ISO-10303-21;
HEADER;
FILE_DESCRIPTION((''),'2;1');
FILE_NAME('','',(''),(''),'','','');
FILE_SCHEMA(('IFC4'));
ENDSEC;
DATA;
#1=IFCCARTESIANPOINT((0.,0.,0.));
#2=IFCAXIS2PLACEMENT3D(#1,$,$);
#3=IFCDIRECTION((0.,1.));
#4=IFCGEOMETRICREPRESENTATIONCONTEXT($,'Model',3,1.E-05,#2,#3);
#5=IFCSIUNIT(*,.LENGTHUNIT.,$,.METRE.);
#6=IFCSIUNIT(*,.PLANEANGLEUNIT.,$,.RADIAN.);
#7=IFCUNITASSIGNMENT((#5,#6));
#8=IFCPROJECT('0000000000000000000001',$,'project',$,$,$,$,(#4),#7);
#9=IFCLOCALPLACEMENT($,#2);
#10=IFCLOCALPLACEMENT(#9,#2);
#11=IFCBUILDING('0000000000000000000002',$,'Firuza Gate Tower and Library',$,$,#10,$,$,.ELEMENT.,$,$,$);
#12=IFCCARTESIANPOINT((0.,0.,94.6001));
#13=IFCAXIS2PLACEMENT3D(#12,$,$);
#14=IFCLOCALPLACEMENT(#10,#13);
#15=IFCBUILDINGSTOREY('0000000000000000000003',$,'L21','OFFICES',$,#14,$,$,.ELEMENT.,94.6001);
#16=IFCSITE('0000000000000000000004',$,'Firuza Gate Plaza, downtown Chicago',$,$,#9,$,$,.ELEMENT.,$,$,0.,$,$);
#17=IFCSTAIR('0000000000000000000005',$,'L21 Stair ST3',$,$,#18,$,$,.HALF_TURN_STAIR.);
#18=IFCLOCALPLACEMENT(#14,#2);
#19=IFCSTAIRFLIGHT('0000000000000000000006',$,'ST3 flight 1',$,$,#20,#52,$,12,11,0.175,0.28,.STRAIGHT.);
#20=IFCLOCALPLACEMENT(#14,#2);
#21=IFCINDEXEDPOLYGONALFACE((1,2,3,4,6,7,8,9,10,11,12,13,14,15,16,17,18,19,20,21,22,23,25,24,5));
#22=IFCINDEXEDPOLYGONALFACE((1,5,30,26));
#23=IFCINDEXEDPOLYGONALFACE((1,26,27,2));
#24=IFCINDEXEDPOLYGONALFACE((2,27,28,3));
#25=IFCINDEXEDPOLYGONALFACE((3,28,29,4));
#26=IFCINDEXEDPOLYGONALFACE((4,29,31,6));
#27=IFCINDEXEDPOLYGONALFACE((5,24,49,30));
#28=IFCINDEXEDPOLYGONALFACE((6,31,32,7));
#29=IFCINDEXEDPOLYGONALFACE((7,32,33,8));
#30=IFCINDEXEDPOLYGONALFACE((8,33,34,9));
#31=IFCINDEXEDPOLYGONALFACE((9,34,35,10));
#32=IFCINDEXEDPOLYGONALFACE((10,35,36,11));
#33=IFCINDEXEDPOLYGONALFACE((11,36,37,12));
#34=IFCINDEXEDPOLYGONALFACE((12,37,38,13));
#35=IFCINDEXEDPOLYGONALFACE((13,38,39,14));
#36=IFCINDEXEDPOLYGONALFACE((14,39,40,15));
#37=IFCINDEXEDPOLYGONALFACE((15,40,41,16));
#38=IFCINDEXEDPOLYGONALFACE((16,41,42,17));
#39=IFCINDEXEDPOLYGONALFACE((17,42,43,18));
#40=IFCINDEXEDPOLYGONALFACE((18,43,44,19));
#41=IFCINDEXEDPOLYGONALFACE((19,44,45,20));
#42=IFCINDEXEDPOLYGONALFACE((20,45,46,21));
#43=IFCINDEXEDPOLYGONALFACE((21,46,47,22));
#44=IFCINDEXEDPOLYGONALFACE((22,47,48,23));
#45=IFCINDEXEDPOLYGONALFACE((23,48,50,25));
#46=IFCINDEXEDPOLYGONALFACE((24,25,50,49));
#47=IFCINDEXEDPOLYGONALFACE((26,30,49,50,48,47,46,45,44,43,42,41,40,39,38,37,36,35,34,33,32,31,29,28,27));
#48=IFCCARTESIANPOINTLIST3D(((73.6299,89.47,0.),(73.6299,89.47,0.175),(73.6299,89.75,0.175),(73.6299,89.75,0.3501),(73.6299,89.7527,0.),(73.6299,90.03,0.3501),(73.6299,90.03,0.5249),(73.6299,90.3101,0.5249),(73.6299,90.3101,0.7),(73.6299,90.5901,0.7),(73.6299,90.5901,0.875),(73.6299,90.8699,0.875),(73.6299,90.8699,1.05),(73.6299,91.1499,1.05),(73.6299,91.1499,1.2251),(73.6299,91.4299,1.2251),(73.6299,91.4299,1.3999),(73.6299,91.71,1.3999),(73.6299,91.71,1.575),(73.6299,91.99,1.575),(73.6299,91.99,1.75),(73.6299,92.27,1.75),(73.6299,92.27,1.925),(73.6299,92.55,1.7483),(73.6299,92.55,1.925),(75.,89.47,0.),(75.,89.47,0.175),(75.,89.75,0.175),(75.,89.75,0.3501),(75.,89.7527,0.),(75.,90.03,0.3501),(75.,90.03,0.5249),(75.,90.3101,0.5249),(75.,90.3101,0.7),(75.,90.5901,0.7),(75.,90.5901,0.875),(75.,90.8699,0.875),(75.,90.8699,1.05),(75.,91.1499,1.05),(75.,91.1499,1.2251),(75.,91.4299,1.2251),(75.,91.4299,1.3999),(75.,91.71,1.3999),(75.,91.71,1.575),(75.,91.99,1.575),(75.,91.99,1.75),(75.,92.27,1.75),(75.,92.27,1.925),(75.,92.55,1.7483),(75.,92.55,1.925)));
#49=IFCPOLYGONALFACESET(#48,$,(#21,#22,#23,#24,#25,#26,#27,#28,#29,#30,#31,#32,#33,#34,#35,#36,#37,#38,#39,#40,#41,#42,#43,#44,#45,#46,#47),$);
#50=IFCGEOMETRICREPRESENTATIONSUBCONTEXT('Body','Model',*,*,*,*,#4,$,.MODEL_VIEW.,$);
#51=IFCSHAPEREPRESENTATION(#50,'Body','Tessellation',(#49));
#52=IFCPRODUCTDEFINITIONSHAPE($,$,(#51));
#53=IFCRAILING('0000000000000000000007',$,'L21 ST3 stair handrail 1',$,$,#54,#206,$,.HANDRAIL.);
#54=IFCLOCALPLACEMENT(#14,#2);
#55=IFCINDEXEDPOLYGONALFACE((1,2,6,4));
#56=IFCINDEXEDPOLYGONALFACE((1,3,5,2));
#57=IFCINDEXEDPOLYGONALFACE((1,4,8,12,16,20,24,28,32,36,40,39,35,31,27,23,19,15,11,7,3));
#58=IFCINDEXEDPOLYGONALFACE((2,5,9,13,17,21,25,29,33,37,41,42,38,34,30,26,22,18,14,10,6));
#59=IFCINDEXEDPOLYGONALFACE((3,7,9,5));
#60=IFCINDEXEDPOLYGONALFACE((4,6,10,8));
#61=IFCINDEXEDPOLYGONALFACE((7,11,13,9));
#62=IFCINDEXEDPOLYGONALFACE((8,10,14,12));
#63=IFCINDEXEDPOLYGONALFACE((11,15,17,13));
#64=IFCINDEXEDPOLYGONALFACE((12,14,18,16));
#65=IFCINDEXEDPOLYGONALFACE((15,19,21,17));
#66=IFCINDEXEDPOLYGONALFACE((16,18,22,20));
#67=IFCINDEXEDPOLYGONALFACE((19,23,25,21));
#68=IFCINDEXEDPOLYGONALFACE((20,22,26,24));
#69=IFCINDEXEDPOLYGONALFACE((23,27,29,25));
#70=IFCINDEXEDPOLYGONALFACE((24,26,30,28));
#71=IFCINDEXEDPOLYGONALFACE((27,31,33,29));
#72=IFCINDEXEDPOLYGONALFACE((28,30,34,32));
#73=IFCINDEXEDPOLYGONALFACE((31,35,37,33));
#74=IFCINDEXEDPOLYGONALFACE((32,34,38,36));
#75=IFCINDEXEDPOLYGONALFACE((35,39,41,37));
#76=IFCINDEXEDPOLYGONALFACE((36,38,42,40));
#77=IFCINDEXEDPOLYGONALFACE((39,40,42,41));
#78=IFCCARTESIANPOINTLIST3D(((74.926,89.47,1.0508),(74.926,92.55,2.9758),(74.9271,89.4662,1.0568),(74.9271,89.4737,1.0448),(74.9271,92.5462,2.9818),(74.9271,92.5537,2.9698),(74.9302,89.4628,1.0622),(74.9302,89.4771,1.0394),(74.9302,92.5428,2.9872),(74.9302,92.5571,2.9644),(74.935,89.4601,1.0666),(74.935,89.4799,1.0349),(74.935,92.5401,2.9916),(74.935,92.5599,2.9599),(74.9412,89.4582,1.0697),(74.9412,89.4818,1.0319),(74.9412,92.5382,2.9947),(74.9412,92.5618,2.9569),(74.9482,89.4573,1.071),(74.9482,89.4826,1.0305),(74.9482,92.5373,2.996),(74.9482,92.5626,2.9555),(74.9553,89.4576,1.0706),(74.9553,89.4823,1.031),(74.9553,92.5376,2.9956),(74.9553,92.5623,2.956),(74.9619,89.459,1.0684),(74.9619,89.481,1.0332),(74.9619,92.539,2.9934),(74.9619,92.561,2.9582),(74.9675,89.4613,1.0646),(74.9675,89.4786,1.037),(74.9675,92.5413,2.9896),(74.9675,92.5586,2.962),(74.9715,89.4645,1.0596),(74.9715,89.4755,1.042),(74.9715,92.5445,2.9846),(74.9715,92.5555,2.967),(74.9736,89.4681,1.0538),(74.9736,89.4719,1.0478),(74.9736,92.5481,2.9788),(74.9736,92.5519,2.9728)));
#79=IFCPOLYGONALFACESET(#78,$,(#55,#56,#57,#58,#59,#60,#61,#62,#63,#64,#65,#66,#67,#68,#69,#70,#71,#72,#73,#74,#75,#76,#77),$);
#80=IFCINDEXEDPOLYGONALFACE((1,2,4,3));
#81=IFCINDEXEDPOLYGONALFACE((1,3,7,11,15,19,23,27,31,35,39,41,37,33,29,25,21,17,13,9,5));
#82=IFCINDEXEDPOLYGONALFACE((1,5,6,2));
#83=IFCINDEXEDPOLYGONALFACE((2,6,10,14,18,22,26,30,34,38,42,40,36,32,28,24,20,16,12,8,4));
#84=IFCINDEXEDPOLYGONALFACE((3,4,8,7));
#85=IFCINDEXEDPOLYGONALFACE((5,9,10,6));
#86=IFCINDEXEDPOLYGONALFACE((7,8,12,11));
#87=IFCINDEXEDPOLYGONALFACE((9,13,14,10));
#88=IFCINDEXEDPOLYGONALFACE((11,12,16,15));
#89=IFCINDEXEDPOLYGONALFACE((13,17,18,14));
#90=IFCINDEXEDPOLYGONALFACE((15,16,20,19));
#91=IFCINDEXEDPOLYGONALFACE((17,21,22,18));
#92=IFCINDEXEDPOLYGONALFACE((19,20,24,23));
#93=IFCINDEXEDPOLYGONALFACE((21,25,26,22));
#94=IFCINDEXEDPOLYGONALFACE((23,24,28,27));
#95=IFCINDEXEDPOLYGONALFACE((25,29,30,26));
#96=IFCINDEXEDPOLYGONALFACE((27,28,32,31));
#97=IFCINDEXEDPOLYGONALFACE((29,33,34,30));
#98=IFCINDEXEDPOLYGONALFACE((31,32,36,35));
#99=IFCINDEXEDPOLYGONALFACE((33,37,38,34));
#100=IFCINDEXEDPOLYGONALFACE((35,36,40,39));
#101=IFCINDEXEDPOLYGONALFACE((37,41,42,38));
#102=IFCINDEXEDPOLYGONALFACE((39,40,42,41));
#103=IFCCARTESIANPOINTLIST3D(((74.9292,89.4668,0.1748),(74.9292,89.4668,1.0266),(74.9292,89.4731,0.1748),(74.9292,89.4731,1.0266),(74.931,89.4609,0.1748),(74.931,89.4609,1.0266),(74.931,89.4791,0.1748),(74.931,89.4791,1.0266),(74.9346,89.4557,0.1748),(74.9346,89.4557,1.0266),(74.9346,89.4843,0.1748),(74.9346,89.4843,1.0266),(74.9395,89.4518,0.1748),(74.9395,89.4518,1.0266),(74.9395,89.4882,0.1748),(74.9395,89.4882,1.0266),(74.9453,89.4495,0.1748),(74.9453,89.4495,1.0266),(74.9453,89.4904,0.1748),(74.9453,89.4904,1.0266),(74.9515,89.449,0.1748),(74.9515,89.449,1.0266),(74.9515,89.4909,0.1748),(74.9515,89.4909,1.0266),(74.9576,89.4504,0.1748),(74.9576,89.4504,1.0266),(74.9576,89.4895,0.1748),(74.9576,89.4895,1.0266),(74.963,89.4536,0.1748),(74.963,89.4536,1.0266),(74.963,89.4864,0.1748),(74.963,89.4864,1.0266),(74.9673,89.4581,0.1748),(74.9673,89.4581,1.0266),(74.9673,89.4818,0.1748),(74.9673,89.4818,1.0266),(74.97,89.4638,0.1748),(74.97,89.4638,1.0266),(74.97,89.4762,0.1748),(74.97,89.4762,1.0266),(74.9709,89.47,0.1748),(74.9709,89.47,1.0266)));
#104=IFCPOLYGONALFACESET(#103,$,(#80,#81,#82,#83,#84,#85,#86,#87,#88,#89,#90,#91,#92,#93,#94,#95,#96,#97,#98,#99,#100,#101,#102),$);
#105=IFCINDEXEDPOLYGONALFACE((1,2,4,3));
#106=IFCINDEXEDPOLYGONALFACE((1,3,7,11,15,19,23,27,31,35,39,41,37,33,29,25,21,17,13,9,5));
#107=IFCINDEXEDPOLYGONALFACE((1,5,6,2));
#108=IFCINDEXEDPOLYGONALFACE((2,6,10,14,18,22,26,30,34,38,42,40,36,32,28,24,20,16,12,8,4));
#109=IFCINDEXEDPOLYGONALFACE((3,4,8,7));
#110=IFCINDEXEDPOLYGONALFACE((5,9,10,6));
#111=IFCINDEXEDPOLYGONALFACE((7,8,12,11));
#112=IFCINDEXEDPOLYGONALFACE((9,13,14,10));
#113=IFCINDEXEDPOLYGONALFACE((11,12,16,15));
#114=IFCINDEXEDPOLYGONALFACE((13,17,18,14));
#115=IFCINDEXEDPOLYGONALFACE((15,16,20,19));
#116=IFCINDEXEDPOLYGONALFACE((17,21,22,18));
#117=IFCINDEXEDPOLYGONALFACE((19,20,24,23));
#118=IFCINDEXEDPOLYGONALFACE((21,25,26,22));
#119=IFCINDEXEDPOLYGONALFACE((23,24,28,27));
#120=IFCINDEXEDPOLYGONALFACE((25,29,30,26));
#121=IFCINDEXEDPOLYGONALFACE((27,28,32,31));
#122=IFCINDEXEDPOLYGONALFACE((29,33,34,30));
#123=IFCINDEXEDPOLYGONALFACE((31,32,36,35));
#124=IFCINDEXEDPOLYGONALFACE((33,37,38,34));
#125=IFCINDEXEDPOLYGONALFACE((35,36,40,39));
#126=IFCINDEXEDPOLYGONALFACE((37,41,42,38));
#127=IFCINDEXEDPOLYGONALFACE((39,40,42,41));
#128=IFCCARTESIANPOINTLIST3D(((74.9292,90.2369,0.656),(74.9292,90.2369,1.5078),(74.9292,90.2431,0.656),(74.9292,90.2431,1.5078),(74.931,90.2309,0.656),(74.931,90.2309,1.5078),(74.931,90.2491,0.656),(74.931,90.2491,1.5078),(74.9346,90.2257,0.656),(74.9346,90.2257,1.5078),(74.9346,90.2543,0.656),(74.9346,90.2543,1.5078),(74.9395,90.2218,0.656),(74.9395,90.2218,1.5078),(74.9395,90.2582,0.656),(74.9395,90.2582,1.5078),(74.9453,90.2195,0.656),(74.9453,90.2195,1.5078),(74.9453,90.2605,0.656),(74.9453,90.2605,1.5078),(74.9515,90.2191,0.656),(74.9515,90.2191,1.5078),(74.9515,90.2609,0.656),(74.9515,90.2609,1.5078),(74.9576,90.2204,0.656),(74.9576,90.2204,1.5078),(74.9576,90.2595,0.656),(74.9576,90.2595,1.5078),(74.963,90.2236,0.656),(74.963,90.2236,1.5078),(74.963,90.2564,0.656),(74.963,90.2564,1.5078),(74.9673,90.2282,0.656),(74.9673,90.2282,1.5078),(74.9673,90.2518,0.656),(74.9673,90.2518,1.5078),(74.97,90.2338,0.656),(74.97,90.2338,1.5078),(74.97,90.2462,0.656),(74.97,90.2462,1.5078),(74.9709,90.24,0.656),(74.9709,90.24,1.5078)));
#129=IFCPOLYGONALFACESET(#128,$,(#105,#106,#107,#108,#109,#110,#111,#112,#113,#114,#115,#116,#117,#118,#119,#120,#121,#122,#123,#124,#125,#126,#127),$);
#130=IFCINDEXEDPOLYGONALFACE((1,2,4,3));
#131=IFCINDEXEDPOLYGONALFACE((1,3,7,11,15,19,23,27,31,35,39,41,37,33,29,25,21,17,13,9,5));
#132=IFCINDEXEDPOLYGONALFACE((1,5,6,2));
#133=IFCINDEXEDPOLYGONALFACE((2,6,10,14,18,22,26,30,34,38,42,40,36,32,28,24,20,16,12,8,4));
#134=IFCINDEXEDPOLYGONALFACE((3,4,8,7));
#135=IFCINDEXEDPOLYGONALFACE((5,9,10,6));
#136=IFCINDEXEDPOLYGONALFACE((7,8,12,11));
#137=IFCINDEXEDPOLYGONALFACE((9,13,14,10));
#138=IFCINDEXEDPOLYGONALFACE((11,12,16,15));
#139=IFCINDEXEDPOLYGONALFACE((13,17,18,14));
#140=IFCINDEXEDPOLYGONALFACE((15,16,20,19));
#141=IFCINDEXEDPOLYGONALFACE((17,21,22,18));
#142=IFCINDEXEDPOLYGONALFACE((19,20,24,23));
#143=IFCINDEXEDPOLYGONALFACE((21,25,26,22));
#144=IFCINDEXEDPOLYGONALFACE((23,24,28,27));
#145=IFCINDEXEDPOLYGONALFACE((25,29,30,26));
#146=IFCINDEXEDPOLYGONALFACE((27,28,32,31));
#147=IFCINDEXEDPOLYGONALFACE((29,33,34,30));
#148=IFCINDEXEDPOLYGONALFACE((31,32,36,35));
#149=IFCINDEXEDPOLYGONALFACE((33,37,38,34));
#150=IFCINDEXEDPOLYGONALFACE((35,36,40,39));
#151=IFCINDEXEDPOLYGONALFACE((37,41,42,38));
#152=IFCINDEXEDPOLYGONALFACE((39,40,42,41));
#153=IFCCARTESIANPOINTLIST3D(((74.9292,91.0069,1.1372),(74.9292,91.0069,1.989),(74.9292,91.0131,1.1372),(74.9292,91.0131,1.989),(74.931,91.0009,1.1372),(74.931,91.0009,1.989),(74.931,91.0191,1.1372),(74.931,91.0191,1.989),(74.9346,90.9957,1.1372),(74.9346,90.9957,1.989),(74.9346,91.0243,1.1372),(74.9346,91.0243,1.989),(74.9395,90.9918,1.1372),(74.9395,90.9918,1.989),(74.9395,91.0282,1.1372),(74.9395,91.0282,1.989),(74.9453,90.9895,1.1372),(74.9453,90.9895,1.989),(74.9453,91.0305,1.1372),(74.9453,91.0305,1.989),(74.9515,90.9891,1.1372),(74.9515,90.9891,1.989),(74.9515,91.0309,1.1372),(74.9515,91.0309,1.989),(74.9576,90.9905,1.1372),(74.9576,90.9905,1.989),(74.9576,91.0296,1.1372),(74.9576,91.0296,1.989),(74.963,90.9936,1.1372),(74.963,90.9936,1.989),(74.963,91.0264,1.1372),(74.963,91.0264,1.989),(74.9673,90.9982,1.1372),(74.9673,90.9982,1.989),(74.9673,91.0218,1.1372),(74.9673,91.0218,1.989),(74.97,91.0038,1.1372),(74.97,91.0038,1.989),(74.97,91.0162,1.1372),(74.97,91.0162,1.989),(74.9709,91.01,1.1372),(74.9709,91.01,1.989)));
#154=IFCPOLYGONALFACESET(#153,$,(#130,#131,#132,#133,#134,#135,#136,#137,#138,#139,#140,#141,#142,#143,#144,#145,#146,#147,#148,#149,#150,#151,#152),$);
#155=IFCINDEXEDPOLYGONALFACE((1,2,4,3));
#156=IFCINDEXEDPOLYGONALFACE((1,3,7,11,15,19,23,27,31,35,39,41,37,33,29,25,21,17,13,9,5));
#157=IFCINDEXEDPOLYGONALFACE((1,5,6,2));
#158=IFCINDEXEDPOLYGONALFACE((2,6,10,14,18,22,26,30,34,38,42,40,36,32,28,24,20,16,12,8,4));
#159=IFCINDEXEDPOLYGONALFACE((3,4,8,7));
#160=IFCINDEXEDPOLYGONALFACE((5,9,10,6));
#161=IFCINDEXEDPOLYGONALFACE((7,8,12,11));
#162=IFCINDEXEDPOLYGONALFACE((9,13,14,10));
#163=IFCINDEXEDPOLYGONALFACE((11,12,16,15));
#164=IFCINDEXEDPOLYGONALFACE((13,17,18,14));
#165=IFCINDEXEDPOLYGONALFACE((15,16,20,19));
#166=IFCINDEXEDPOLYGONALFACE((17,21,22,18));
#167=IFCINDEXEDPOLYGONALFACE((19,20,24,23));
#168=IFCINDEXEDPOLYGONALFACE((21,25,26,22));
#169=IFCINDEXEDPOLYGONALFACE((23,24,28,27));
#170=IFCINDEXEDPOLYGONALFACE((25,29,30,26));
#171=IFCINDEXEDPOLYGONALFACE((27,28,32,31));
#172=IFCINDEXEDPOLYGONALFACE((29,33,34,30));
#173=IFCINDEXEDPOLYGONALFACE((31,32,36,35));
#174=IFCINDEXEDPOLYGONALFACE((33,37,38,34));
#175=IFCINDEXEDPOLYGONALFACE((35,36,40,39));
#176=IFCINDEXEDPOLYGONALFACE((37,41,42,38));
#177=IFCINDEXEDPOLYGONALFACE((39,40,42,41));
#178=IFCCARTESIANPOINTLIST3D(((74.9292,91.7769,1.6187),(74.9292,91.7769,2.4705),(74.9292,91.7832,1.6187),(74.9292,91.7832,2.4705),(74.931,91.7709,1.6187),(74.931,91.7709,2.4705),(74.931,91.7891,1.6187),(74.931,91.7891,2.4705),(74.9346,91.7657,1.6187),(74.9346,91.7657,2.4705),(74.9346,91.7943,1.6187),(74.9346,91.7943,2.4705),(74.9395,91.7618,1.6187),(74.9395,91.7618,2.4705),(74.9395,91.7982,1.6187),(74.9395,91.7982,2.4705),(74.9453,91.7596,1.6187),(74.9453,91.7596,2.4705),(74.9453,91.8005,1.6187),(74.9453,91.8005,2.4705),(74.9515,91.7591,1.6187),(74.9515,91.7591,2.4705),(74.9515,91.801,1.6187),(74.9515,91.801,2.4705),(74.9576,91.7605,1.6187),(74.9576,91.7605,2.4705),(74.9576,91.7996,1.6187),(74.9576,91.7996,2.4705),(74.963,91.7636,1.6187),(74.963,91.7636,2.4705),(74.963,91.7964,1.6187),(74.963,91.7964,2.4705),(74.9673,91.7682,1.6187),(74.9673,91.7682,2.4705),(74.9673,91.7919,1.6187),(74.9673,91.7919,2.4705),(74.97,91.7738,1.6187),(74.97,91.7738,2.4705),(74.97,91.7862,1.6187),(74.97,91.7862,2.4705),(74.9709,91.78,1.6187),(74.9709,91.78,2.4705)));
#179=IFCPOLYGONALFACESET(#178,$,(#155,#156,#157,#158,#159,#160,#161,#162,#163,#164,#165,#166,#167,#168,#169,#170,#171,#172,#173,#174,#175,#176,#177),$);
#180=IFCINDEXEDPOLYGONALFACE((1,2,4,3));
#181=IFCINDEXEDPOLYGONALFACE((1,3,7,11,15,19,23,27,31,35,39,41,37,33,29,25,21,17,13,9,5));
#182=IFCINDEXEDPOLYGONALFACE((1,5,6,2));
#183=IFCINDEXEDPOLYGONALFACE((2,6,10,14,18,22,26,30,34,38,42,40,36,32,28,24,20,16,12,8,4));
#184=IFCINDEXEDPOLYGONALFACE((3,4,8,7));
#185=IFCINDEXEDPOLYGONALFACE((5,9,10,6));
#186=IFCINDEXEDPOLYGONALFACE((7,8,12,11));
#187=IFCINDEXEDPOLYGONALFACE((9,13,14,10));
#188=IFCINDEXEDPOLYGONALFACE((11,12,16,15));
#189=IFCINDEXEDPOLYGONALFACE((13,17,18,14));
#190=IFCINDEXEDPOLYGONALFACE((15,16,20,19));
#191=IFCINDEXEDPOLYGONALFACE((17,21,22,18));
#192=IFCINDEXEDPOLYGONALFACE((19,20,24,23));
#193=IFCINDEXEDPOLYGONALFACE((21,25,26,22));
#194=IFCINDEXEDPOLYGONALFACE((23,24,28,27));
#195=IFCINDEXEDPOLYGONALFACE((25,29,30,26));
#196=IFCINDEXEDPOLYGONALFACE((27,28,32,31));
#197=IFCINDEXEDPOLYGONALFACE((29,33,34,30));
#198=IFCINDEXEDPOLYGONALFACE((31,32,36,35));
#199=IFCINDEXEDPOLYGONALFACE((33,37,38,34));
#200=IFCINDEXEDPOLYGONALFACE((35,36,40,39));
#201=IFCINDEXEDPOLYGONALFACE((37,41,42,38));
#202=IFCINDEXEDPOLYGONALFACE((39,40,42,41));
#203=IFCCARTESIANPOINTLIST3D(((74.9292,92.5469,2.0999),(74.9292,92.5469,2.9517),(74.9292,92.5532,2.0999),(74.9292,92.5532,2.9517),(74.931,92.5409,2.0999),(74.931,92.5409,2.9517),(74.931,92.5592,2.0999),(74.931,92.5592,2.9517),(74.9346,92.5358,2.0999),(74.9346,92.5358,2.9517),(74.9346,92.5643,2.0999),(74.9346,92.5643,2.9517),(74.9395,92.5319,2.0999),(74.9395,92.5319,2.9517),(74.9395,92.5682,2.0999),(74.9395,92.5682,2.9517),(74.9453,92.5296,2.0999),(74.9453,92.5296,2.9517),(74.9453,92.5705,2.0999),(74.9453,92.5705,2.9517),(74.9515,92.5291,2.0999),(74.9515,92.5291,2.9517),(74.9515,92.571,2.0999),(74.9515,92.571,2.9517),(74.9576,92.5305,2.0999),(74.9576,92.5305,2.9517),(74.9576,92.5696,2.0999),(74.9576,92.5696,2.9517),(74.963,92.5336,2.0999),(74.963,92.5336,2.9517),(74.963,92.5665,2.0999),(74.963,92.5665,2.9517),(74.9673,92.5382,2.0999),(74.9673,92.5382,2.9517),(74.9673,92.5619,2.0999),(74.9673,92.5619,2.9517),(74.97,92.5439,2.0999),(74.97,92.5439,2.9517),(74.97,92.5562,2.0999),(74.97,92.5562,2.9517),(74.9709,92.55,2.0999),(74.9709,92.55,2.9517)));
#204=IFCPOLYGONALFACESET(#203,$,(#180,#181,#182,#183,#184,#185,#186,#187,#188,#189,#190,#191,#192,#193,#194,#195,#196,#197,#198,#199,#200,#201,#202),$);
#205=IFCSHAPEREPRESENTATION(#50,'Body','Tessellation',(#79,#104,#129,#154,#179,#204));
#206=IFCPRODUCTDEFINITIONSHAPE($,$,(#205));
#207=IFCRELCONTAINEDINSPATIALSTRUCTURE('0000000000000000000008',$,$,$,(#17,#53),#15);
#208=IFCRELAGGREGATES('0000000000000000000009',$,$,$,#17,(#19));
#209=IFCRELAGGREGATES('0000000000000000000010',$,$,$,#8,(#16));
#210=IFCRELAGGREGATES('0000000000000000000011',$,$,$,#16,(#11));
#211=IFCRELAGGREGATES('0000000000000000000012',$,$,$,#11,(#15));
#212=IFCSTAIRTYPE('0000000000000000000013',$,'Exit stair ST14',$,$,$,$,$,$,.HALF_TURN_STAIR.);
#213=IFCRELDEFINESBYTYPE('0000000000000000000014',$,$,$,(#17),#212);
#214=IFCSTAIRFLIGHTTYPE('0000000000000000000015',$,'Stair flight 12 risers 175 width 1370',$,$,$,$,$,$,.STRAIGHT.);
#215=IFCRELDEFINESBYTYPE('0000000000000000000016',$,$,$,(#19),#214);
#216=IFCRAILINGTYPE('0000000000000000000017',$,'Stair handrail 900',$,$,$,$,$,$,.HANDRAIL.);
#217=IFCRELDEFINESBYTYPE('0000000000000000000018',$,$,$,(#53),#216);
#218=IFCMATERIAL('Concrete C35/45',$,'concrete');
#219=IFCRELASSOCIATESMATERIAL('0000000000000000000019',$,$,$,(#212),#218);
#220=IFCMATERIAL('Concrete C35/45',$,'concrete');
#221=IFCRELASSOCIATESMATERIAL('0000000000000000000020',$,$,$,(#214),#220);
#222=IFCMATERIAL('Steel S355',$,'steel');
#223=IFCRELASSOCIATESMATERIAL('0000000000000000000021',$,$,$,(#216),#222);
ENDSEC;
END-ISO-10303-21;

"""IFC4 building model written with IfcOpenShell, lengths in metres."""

from ifc_helpers import new_model, si_unit, direction, frame, origin, origin_2d, place, context, subcontext, project, spatial, polyline, circle, outline, extrude, material, type_object, element, aggregate, save


model = new_model("IFC4")

# Units and contexts
model_context = context("Model", 3, precision=1e-05, world=origin(), true_north=direction((0.0, 1.0)))
body_context = subcontext(model_context, "Body", "Model", "MODEL_VIEW")
ifc_project = project(units=[si_unit("LENGTHUNIT", "METRE"), si_unit("PLANEANGLEUNIT", "RADIAN")], contexts=[model_context])

# Site, building, storey
site_placement = place(None, origin())
site = spatial("IfcSite", under=ifc_project, at=site_placement, Name="Firuza Gate Plaza, downtown Chicago", CompositionType="ELEMENT", RefElevation=0.0)
building_placement = place(site_placement, origin())
building = spatial("IfcBuilding", under=site, at=building_placement, Name="Firuza Gate Tower and Library", CompositionType="ELEMENT")
storey_placement = place(building_placement, frame((0.0, 0.0, 94.6001)))
storey = spatial("IfcBuildingStorey", under=building, at=storey_placement, Name="L21", Description="OFFICES", CompositionType="ELEMENT", Elevation=94.6001)

# Shared definitions
placement = place(storey_placement, origin())

# Stair, stair flight
ifc_material_1 = material(Name="Concrete C35/45", Category="concrete")
stair_type = type_object("IfcStairType", Name="Exit stair ST14", PredefinedType="HALF_TURN_STAIR", material=ifc_material_1)
stair = element("IfcStair", 1, at=placement, inside=storey, type_object=stair_type, Name="L21 Stair ST3", PredefinedType="HALF_TURN_STAIR")
ifc_material_2 = material(Name="Concrete C35/45", Category="concrete")
stair_flight_type = type_object("IfcStairFlightType", Name="Stair flight 12 risers 175 width 1370", PredefinedType="STRAIGHT", material=ifc_material_2)
stair_flight_placement = place(storey_placement, frame((74.3149, 89.47, 0.0), z_axis=(0.0, 0.0, 1.0), x_axis=(0.0, 1.0, 0.0)))
stair_flight = element("IfcStairFlight", 2, at=stair_flight_placement, type_object=stair_flight_type, Name="ST3 flight 1", NumberOfRisers=12, NumberOfTreads=11, PredefinedType="STRAIGHT", RiserHeight=0.175, TreadLength=0.28, context=body_context, shape_type="SweptSolid", body=[
    extrude(outline(polyline([(0.0, 0.0), (0.0, 0.175), (0.28, 0.175), (0.28, 0.3501), (0.5601, 0.3501), (0.5601, 0.5249), (0.8401, 0.5249), (0.8401, 0.7), (1.1201, 0.7), (1.1201, 0.875), (1.3999, 0.875), (1.3999, 1.05), (1.6799, 1.05), (1.6799, 1.2251), (1.96, 1.2251), (1.96, 1.3999), (2.24, 1.3999), (2.24, 1.575), (2.52, 1.575), (2.52, 1.75), (2.8, 1.75), (2.8, 1.925), (3.0801, 1.925), (3.0801, 2.1001), (3.0801, 1.7483), (0.2827, 0.0), (0.0, 0.0)])), frame((0.0, 0.6851, 0.0), z_axis=(0.0, -1.0, 0.0), x_axis=(1.0, 0.0, 0.0)), (0.0, 0.0, 1.0), 1.3701),
])
aggregate(stair, [stair_flight])

# Railing
ifc_material_3 = material(Name="Steel S355", Category="steel")
railing_type = type_object("IfcRailingType", Name="Stair handrail 900", PredefinedType="HANDRAIL", material=ifc_material_3)
railing_placement = place(storey_placement, frame((74.95, 89.47, 0.1748)))
element("IfcRailing", 3, at=railing_placement, inside=storey, type_object=railing_type, Name="L21 ST3 stair handrail 1", PredefinedType="HANDRAIL", context=body_context, shape_type="SweptSolid", body=[
    extrude(circle(Radius=0.0239, at=origin_2d()), frame((0.0, 0.0, 0.876), z_axis=(0.0, 0.847998, 0.529999), x_axis=(-1.0, 0.0, 0.0)), (0.0, 0.0, 1.0), 3.6321),
    extrude(circle(Radius=0.021, at=origin_2d()), origin(), (0.0, 0.0, 1.0), 0.8518),
    extrude(circle(Radius=0.021, at=origin_2d()), frame((0.0, 0.77, 0.4812)), (0.0, 0.0, 1.0), 0.8518),
    extrude(circle(Radius=0.021, at=origin_2d()), frame((0.0, 1.54, 0.9624)), (0.0, 0.0, 1.0), 0.8518),
    extrude(circle(Radius=0.021, at=origin_2d()), frame((0.0, 2.3101, 1.4438)), (0.0, 0.0, 1.0), 0.8518),
    extrude(circle(Radius=0.021, at=origin_2d()), frame((0.0, 3.0801, 1.925)), (0.0, 0.0, 1.0), 0.8518),
])

save(model, "model.ifc")
